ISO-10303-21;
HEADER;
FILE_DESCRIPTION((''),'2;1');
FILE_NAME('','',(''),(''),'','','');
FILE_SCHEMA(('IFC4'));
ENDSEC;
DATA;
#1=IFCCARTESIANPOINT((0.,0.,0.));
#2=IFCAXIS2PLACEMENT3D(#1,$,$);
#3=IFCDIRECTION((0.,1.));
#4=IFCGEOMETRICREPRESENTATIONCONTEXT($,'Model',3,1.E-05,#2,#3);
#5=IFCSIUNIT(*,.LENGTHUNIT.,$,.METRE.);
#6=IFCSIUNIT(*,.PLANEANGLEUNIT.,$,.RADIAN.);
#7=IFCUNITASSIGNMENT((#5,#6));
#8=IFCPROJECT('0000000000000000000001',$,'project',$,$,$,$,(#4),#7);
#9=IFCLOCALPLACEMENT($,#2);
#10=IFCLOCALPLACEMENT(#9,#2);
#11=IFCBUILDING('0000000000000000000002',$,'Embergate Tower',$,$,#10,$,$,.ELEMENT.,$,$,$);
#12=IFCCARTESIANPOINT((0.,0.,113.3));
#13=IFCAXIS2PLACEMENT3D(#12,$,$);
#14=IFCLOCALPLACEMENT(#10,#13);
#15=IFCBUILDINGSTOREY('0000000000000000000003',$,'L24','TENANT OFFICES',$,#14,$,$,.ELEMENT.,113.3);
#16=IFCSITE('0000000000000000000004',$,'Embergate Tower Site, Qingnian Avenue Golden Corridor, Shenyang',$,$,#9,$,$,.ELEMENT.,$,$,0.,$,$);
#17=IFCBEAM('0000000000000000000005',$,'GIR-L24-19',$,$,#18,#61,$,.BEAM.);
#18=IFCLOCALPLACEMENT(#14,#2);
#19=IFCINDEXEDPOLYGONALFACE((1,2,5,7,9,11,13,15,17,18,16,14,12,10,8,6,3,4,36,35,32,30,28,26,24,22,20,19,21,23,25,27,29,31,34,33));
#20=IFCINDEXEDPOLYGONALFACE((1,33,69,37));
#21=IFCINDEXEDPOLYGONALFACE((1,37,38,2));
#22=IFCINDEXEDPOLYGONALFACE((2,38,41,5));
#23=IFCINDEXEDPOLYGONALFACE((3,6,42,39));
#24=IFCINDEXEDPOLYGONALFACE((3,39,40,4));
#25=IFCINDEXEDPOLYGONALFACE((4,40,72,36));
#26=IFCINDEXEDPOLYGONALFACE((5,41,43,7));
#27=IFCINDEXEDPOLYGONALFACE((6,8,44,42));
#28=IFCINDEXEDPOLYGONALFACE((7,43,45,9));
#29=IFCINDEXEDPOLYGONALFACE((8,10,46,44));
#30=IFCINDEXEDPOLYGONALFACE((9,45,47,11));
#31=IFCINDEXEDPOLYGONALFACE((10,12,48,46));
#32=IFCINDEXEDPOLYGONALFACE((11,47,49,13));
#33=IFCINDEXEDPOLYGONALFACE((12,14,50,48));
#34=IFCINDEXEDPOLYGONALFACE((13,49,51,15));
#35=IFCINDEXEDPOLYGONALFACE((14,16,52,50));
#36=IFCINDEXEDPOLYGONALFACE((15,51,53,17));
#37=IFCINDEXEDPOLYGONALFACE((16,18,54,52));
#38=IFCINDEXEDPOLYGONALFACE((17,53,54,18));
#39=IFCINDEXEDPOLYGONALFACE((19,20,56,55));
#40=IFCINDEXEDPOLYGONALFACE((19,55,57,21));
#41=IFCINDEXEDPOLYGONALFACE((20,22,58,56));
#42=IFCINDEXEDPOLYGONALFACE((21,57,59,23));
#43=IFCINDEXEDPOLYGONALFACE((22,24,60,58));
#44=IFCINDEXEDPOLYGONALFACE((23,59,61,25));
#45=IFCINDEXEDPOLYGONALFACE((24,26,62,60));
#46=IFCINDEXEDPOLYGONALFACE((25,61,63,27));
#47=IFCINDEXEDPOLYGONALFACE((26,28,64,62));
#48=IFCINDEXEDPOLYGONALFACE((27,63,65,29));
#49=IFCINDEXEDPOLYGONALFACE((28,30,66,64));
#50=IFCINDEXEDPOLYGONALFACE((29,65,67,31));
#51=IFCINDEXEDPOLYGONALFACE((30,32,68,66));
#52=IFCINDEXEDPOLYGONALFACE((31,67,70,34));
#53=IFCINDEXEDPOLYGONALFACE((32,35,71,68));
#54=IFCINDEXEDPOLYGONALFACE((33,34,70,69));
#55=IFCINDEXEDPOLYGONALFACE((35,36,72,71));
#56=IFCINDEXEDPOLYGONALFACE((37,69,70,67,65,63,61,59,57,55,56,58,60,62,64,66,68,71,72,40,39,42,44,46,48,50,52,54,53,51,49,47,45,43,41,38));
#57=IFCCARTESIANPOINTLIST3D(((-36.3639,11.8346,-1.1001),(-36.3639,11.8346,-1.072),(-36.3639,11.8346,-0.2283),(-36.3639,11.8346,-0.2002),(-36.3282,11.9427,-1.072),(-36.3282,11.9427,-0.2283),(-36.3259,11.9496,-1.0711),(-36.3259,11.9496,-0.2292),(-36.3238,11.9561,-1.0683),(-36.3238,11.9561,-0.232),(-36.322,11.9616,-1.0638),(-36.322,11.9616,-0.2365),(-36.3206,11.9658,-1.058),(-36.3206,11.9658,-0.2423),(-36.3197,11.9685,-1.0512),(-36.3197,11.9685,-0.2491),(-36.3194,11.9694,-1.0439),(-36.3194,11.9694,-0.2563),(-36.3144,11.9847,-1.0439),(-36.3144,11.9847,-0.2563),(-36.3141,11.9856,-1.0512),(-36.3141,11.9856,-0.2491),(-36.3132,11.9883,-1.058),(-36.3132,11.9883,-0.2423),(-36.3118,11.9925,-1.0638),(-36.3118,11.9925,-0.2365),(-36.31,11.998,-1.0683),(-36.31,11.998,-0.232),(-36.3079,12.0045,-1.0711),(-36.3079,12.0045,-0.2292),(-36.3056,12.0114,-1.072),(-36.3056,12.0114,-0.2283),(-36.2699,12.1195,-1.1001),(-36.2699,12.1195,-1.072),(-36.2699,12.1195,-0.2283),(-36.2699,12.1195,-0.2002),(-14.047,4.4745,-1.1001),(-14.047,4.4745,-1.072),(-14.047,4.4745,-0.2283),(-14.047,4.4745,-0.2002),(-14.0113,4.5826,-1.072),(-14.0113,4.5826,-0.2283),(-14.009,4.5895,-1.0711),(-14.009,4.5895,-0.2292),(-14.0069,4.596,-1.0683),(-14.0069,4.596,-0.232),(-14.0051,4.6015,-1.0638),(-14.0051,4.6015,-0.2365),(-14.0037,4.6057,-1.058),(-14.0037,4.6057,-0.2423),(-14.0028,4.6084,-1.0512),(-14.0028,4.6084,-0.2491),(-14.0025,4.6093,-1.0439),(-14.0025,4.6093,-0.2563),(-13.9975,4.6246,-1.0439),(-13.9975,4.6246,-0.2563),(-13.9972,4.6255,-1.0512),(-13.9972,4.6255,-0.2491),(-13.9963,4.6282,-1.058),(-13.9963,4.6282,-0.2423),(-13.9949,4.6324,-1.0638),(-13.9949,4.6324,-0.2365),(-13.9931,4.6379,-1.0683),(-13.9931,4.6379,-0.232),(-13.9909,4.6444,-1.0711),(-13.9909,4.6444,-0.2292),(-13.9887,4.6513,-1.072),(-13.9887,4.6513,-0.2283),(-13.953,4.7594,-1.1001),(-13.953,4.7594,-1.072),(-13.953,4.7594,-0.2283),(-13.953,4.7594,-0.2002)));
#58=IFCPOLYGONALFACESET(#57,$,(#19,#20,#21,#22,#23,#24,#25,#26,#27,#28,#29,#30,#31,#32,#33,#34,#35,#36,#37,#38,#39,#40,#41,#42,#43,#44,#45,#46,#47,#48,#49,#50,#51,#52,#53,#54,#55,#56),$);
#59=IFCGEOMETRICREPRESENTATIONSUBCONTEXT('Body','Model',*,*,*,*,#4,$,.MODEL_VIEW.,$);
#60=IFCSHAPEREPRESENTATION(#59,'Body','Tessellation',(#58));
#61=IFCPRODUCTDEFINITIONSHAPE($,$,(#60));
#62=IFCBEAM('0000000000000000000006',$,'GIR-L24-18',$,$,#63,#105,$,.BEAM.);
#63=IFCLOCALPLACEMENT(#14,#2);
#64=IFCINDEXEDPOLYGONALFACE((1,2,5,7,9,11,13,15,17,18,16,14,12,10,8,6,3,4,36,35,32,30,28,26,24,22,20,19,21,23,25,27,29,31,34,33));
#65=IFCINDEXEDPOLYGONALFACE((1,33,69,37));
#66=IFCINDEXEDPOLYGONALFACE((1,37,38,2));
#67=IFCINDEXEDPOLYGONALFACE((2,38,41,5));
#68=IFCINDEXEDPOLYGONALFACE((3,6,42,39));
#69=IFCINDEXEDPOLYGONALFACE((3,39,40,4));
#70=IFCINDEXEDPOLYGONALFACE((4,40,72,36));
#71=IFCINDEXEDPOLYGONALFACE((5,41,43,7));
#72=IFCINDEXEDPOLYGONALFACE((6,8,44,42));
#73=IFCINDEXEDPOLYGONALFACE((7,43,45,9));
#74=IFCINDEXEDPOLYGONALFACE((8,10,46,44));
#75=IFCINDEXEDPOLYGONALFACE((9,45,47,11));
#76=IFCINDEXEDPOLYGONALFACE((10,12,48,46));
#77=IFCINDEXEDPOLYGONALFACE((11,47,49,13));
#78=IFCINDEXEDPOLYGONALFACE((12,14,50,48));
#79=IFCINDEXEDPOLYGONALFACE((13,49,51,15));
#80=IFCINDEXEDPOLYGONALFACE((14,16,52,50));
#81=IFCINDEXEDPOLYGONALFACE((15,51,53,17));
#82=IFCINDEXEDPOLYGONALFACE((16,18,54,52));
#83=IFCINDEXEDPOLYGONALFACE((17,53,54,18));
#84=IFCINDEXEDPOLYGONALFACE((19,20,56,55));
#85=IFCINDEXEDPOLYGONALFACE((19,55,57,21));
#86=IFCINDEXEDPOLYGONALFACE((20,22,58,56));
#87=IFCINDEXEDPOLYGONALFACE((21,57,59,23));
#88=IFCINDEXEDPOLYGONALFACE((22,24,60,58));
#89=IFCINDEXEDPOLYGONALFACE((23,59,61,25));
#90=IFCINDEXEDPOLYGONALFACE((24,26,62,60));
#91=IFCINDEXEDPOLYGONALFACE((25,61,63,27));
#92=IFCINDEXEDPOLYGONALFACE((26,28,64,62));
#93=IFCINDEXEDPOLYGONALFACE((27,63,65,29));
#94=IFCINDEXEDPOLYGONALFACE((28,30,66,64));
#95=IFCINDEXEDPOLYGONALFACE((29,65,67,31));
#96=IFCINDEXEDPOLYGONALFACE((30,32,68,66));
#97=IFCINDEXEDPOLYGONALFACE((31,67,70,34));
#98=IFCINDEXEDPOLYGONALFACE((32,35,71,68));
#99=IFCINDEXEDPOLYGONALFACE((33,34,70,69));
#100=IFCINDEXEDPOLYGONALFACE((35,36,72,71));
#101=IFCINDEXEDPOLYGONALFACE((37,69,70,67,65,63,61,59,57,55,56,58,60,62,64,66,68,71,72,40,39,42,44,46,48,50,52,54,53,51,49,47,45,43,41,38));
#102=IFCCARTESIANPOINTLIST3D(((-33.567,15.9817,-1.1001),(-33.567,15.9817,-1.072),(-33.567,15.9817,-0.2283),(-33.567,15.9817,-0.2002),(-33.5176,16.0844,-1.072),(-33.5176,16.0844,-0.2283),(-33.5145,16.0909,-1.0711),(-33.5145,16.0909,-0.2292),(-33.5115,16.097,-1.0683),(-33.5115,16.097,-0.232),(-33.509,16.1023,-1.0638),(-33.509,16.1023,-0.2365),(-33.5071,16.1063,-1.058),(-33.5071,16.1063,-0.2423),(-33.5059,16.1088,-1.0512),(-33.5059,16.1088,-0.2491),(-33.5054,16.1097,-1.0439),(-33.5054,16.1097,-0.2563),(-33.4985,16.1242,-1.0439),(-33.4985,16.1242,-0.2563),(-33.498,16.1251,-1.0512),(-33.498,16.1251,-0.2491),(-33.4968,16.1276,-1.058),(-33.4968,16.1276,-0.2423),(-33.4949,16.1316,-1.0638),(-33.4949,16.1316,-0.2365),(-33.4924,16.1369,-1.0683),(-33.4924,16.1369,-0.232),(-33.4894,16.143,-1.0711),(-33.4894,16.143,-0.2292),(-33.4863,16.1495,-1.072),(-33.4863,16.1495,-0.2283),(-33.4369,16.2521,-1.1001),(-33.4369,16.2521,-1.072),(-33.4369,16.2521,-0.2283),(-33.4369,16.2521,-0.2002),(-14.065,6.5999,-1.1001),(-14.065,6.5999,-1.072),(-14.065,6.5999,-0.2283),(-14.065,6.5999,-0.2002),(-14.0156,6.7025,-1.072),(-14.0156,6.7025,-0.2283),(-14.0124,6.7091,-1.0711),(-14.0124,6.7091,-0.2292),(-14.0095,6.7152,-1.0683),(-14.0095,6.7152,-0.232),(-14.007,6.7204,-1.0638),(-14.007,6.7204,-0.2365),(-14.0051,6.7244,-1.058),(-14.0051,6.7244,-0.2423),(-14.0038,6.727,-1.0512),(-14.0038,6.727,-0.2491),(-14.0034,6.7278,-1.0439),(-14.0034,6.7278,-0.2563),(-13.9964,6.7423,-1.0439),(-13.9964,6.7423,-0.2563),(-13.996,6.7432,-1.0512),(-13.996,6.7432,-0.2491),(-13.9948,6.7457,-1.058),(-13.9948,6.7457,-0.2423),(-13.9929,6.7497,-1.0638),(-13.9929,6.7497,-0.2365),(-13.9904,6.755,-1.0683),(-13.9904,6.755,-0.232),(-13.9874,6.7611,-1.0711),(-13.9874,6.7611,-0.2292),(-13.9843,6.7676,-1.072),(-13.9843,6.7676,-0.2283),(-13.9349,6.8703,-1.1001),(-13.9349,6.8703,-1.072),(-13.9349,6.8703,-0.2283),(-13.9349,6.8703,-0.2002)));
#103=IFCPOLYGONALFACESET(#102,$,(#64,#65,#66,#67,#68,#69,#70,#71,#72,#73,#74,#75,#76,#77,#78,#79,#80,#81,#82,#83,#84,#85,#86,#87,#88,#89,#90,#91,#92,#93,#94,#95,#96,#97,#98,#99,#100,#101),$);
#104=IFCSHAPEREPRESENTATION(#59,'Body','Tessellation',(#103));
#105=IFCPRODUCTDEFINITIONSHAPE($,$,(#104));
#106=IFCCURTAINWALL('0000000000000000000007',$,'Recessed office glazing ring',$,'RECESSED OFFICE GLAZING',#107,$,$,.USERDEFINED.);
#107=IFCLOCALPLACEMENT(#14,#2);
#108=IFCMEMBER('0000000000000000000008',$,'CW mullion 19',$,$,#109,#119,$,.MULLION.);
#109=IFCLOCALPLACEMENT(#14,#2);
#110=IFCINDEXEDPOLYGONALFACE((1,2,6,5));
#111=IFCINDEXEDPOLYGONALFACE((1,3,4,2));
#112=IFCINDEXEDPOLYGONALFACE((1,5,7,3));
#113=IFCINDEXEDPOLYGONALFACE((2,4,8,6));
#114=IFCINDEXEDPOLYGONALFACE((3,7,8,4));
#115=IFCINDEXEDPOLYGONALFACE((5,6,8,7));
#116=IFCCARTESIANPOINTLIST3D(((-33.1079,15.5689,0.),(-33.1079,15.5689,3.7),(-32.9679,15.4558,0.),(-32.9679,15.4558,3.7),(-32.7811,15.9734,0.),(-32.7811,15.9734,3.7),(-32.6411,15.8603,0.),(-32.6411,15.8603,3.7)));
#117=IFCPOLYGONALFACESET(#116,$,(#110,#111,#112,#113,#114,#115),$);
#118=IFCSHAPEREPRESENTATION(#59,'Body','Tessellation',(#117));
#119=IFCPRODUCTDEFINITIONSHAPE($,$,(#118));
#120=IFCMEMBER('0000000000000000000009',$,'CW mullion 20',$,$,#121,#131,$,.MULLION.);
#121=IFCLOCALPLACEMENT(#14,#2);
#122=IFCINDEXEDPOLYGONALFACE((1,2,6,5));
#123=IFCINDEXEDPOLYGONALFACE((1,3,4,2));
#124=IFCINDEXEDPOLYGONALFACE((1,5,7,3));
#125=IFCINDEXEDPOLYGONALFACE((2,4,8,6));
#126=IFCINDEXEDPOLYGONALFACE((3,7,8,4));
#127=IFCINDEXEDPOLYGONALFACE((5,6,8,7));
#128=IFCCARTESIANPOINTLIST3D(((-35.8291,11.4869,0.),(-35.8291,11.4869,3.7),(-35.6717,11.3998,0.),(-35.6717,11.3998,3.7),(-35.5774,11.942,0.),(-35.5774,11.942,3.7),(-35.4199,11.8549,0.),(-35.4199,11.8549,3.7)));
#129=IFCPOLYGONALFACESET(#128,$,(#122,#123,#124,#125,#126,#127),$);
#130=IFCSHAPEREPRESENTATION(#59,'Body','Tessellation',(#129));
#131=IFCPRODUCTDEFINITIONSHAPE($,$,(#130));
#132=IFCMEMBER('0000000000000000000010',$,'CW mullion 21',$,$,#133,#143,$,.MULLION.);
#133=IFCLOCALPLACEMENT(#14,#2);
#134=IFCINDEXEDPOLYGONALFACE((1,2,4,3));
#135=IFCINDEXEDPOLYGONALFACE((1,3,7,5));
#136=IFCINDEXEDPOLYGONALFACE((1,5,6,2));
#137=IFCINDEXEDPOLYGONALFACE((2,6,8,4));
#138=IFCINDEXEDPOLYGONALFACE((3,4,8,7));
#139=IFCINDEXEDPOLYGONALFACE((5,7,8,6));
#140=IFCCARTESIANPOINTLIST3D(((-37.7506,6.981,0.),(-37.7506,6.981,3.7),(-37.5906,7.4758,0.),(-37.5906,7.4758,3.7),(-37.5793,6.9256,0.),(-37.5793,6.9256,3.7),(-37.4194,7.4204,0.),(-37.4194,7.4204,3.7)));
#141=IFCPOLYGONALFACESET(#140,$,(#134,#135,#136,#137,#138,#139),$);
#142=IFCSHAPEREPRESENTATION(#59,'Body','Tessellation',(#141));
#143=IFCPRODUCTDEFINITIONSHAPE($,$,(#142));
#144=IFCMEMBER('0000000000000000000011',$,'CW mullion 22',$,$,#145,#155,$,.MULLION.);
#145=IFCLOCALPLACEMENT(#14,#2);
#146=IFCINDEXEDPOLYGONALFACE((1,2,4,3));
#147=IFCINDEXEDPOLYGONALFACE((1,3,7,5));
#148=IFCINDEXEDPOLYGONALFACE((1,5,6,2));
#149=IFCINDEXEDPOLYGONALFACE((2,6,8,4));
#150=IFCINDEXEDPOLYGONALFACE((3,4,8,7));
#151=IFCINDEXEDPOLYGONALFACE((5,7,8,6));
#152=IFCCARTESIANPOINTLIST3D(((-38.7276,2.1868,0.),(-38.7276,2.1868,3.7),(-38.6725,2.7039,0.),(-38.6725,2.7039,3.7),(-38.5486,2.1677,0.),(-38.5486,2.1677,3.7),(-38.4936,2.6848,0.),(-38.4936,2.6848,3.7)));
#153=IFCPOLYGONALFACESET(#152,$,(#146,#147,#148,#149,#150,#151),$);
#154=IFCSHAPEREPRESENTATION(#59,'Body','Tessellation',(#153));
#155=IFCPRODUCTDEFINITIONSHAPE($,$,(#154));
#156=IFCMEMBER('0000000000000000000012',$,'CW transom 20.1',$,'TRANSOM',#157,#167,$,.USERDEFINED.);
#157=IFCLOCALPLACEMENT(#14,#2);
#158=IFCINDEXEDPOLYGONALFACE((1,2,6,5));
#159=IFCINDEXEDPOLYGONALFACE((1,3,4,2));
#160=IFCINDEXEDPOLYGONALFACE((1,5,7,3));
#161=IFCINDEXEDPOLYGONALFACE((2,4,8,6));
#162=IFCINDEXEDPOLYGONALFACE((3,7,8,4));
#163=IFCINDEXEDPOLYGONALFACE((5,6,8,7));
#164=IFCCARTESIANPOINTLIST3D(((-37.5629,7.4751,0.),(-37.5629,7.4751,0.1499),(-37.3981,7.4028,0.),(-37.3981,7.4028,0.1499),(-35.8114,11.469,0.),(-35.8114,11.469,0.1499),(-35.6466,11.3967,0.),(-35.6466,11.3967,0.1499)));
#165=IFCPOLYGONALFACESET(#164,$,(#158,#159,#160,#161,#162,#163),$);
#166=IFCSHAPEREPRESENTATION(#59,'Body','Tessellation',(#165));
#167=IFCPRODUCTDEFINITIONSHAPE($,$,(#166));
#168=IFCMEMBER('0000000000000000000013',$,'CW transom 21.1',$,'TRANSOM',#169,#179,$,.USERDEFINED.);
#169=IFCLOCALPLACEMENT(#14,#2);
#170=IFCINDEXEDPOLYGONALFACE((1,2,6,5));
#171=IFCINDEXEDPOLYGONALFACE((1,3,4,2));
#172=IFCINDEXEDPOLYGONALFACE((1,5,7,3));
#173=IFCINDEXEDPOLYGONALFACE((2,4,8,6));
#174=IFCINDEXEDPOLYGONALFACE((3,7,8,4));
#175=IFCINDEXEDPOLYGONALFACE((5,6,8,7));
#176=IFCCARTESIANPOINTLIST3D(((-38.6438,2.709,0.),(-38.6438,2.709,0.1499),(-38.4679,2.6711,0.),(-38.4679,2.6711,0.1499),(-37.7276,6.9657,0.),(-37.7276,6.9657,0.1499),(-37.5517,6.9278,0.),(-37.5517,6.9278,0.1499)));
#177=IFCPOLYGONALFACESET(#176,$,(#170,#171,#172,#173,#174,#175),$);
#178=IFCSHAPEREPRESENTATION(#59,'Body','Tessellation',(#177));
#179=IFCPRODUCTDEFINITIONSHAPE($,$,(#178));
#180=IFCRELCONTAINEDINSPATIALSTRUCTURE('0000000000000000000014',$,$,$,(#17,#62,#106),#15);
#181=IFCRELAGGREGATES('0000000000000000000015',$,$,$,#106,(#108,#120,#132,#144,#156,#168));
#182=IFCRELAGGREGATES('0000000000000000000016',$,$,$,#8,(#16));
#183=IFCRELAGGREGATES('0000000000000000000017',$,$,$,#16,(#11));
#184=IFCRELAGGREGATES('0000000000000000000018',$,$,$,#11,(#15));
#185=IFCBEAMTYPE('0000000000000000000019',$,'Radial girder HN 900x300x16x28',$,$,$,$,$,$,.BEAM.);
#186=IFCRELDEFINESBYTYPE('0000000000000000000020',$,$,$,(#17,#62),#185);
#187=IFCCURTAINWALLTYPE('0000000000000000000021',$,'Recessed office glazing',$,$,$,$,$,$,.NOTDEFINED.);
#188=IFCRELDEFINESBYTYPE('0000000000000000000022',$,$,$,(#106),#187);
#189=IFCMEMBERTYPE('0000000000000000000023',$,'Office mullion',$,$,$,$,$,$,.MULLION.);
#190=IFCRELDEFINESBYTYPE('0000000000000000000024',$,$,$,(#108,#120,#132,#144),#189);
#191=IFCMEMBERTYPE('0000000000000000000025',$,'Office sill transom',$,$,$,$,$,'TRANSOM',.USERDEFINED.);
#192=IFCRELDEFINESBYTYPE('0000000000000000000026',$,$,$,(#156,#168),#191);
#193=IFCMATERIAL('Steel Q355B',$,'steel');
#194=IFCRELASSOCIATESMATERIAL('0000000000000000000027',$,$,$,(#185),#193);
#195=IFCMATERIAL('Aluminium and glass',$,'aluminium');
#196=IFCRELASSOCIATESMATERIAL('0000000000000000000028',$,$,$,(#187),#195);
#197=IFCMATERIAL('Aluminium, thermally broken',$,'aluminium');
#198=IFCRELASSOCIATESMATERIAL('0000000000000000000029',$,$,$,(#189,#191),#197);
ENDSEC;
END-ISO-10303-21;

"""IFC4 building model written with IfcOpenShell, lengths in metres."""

from ifc_helpers import new_model, si_unit, direction, frame, origin, origin_2d, place, context, subcontext, project, spatial, rectangle, i_section, extrude, source, transform, mapped, material, material_profile, profile_set, type_object, element, aggregate, save


model = new_model("IFC4")

# Units and contexts
model_context = context("Model", 3, precision=1e-05, world=origin(), true_north=direction((0.0, 1.0)))
body_context = subcontext(model_context, "Body", "Model", "MODEL_VIEW")
ifc_project = project(units=[si_unit("LENGTHUNIT", "METRE"), si_unit("PLANEANGLEUNIT", "RADIAN")], contexts=[model_context])

# Site, building, storey
site_placement = place(None, origin())
site = spatial("IfcSite", under=ifc_project, at=site_placement, Name="Embergate Tower Site, Qingnian Avenue Golden Corridor, Shenyang", CompositionType="ELEMENT", RefElevation=0.0)
building_placement = place(site_placement, origin())
building = spatial("IfcBuilding", under=site, at=building_placement, Name="Embergate Tower", CompositionType="ELEMENT")
storey_placement = place(building_placement, frame((0.0, 0.0, 113.3)))
storey = spatial("IfcBuildingStorey", under=building, at=storey_placement, Name="L24", Description="TENANT OFFICES", CompositionType="ELEMENT", Elevation=113.3)

# Beams
ifc_material_1 = material(Name="Steel Q355B", Category="steel")
ifc_material_profile_1 = material_profile(ifc_material_1, i_section(OverallWidth=0.3, OverallDepth=0.8999, WebThickness=0.0161, FlangeThickness=0.0281, FilletRadius=0.0281, at=origin_2d()), Name="HN 900x300x16x28")
ifc_profile_set_1 = profile_set([ifc_material_profile_1], Name="Steel Q355 grade B")
beam_type_1 = type_object("IfcBeamType", Name="Radial girder HN 900x300x16x28", PredefinedType="BEAM", material=ifc_profile_set_1)
shared_shape_1 = source(origin(), body_context, "Body", "SweptSolid", [
    extrude(i_section(OverallWidth=0.3, OverallDepth=0.8999, WebThickness=0.0161, FlangeThickness=0.0281, FilletRadius=0.0281, at=origin_2d()), origin(), (0.0, 0.0, 1.0), 23.4993),
])
beam_1_placement = place(storey_placement, frame((-36.3169, 11.9771, -0.6501), z_axis=(0.949685, -0.313206, 0.0), x_axis=(0.313206, 0.949685, 0.0)))
element("IfcBeam", 1, at=beam_1_placement, inside=storey, type_object=beam_type_1, Name="GIR-L24-19", PredefinedType="BEAM", context=body_context, shape_type="MappedRepresentation", body=[
    mapped(shared_shape_1, transform((0.0, 0.0, 0.0))),
])
shared_shape_2 = source(origin(), body_context, "Body", "SweptSolid", [
    extrude(i_section(OverallWidth=0.3, OverallDepth=0.8999, WebThickness=0.0161, FlangeThickness=0.0281, FilletRadius=0.0281, at=origin_2d()), origin(), (0.0, 0.0, 1.0), 21.6414),
])
beam_2_placement = place(storey_placement, frame((-33.502, 16.1169, -0.6501), z_axis=(0.901146, -0.433516, 0.0), x_axis=(0.433516, 0.901146, 0.0)))
element("IfcBeam", 2, at=beam_2_placement, inside=storey, type_object=beam_type_1, Name="GIR-L24-18", PredefinedType="BEAM", context=body_context, shape_type="MappedRepresentation", body=[
    mapped(shared_shape_2, transform((0.0, 0.0, 0.0))),
])

# Curtain wall, members
ifc_material_2 = material(Name="Aluminium and glass", Category="aluminium")
curtain_wall_type = type_object("IfcCurtainWallType", Name="Recessed office glazing", PredefinedType="NOTDEFINED", material=ifc_material_2)
curtain_wall_placement = place(storey_placement, origin())
curtain_wall = element("IfcCurtainWall", 3, at=curtain_wall_placement, inside=storey, type_object=curtain_wall_type, Name="Recessed office glazing ring", ObjectType="RECESSED OFFICE GLAZING", PredefinedType="USERDEFINED")
ifc_material_3 = material(Name="Aluminium, thermally broken", Category="aluminium")
ifc_material_profile_2 = material_profile(ifc_material_3, rectangle(XDim=0.1799, YDim=0.52, at=origin_2d()), Name="AL 520x180")
ifc_profile_set_2 = profile_set([ifc_material_profile_2], Name="Aluminium, thermally broken")
member_type_1 = type_object("IfcMemberType", Name="Office mullion", PredefinedType="MULLION", material=ifc_profile_set_2)
shared_shape_3 = source(origin(), body_context, "Body", "SweptSolid", [
    extrude(rectangle(XDim=0.1799, YDim=0.52, at=origin_2d()), origin(), (0.0, 0.0, 1.0), 3.7),
])
member_1_placement = place(storey_placement, frame((-32.8745, 15.7146, 0.0), z_axis=(0.0, 0.0, 1.0), x_axis=(0.777879, -0.628414, 0.0)))
member_1 = element("IfcMember", 4, at=member_1_placement, type_object=member_type_1, Name="CW mullion 19", PredefinedType="MULLION", context=body_context, shape_type="MappedRepresentation", body=[
    mapped(shared_shape_3, transform((0.0, 0.0, 0.0))),
])
member_2_placement = place(storey_placement, frame((-35.6245, 11.6709, 0.0), z_axis=(0.0, 0.0, 1.0), x_axis=(0.875007, -0.48411, 0.0)))
member_2 = element("IfcMember", 5, at=member_2_placement, type_object=member_type_1, Name="CW mullion 20", PredefinedType="MULLION", context=body_context, shape_type="MappedRepresentation", body=[
    mapped(shared_shape_3, transform((0.0, 0.0, 0.0))),
])
member_3_placement = place(storey_placement, frame((-37.585, 7.2007, 0.0), z_axis=(0.0, 0.0, 1.0), x_axis=(0.9515, -0.307647, 0.0)))
member_3 = element("IfcMember", 6, at=member_3_placement, type_object=member_type_1, Name="CW mullion 21", PredefinedType="MULLION", context=body_context, shape_type="MappedRepresentation", body=[
    mapped(shared_shape_3, transform((0.0, 0.0, 0.0))),
])
member_4_placement = place(storey_placement, frame((-38.6106, 2.4358, 0.0), z_axis=(0.0, 0.0, 1.0), x_axis=(0.994385, -0.10582, 0.0)))
member_4 = element("IfcMember", 7, at=member_4_placement, type_object=member_type_1, Name="CW mullion 22", PredefinedType="MULLION", context=body_context, shape_type="MappedRepresentation", body=[
    mapped(shared_shape_3, transform((0.0, 0.0, 0.0))),
])
ifc_material_profile_3 = material_profile(ifc_material_3, rectangle(XDim=0.1799, YDim=0.1499, at=origin_2d()), Name="AL 150x180")
ifc_profile_set_3 = profile_set([ifc_material_profile_3], Name="Aluminium, thermally broken")
member_type_2 = type_object("IfcMemberType", Name="Office sill transom", ElementType="TRANSOM", PredefinedType="USERDEFINED", material=ifc_profile_set_3)
shared_shape_4 = source(origin(), body_context, "Body", "SweptSolid", [
    extrude(rectangle(XDim=0.1799, YDim=0.1499, at=origin_2d()), origin(), (0.0, 0.0, 1.0), 4.3611),
])
member_5_placement = place(storey_placement, frame((-35.729, 11.4329, 0.075), z_axis=(-0.401615, -0.915809, 0.0), x_axis=(0.915809, -0.401615, 0.0)))
member_5 = element("IfcMember", 8, at=member_5_placement, type_object=member_type_2, Name="CW transom 20.1", ObjectType="TRANSOM", PredefinedType="USERDEFINED", context=body_context, shape_type="MappedRepresentation", body=[
    mapped(shared_shape_4, transform((0.0, 0.0, 0.0))),
])
shared_shape_5 = source(origin(), body_context, "Body", "SweptSolid", [
    extrude(rectangle(XDim=0.1799, YDim=0.1499, at=origin_2d()), origin(), (0.0, 0.0, 1.0), 4.3542),
])
member_6_placement = place(storey_placement, frame((-37.6396, 6.9468, 0.075), z_axis=(-0.210425, -0.97761, 0.0), x_axis=(0.97761, -0.210425, 0.0)))
member_6 = element("IfcMember", 9, at=member_6_placement, type_object=member_type_2, Name="CW transom 21.1", ObjectType="TRANSOM", PredefinedType="USERDEFINED", context=body_context, shape_type="MappedRepresentation", body=[
    mapped(shared_shape_5, transform((0.0, 0.0, 0.0))),
])
aggregate(curtain_wall, [member_1, member_2, member_3, member_4, member_5, member_6])

save(model, "model.ifc")
